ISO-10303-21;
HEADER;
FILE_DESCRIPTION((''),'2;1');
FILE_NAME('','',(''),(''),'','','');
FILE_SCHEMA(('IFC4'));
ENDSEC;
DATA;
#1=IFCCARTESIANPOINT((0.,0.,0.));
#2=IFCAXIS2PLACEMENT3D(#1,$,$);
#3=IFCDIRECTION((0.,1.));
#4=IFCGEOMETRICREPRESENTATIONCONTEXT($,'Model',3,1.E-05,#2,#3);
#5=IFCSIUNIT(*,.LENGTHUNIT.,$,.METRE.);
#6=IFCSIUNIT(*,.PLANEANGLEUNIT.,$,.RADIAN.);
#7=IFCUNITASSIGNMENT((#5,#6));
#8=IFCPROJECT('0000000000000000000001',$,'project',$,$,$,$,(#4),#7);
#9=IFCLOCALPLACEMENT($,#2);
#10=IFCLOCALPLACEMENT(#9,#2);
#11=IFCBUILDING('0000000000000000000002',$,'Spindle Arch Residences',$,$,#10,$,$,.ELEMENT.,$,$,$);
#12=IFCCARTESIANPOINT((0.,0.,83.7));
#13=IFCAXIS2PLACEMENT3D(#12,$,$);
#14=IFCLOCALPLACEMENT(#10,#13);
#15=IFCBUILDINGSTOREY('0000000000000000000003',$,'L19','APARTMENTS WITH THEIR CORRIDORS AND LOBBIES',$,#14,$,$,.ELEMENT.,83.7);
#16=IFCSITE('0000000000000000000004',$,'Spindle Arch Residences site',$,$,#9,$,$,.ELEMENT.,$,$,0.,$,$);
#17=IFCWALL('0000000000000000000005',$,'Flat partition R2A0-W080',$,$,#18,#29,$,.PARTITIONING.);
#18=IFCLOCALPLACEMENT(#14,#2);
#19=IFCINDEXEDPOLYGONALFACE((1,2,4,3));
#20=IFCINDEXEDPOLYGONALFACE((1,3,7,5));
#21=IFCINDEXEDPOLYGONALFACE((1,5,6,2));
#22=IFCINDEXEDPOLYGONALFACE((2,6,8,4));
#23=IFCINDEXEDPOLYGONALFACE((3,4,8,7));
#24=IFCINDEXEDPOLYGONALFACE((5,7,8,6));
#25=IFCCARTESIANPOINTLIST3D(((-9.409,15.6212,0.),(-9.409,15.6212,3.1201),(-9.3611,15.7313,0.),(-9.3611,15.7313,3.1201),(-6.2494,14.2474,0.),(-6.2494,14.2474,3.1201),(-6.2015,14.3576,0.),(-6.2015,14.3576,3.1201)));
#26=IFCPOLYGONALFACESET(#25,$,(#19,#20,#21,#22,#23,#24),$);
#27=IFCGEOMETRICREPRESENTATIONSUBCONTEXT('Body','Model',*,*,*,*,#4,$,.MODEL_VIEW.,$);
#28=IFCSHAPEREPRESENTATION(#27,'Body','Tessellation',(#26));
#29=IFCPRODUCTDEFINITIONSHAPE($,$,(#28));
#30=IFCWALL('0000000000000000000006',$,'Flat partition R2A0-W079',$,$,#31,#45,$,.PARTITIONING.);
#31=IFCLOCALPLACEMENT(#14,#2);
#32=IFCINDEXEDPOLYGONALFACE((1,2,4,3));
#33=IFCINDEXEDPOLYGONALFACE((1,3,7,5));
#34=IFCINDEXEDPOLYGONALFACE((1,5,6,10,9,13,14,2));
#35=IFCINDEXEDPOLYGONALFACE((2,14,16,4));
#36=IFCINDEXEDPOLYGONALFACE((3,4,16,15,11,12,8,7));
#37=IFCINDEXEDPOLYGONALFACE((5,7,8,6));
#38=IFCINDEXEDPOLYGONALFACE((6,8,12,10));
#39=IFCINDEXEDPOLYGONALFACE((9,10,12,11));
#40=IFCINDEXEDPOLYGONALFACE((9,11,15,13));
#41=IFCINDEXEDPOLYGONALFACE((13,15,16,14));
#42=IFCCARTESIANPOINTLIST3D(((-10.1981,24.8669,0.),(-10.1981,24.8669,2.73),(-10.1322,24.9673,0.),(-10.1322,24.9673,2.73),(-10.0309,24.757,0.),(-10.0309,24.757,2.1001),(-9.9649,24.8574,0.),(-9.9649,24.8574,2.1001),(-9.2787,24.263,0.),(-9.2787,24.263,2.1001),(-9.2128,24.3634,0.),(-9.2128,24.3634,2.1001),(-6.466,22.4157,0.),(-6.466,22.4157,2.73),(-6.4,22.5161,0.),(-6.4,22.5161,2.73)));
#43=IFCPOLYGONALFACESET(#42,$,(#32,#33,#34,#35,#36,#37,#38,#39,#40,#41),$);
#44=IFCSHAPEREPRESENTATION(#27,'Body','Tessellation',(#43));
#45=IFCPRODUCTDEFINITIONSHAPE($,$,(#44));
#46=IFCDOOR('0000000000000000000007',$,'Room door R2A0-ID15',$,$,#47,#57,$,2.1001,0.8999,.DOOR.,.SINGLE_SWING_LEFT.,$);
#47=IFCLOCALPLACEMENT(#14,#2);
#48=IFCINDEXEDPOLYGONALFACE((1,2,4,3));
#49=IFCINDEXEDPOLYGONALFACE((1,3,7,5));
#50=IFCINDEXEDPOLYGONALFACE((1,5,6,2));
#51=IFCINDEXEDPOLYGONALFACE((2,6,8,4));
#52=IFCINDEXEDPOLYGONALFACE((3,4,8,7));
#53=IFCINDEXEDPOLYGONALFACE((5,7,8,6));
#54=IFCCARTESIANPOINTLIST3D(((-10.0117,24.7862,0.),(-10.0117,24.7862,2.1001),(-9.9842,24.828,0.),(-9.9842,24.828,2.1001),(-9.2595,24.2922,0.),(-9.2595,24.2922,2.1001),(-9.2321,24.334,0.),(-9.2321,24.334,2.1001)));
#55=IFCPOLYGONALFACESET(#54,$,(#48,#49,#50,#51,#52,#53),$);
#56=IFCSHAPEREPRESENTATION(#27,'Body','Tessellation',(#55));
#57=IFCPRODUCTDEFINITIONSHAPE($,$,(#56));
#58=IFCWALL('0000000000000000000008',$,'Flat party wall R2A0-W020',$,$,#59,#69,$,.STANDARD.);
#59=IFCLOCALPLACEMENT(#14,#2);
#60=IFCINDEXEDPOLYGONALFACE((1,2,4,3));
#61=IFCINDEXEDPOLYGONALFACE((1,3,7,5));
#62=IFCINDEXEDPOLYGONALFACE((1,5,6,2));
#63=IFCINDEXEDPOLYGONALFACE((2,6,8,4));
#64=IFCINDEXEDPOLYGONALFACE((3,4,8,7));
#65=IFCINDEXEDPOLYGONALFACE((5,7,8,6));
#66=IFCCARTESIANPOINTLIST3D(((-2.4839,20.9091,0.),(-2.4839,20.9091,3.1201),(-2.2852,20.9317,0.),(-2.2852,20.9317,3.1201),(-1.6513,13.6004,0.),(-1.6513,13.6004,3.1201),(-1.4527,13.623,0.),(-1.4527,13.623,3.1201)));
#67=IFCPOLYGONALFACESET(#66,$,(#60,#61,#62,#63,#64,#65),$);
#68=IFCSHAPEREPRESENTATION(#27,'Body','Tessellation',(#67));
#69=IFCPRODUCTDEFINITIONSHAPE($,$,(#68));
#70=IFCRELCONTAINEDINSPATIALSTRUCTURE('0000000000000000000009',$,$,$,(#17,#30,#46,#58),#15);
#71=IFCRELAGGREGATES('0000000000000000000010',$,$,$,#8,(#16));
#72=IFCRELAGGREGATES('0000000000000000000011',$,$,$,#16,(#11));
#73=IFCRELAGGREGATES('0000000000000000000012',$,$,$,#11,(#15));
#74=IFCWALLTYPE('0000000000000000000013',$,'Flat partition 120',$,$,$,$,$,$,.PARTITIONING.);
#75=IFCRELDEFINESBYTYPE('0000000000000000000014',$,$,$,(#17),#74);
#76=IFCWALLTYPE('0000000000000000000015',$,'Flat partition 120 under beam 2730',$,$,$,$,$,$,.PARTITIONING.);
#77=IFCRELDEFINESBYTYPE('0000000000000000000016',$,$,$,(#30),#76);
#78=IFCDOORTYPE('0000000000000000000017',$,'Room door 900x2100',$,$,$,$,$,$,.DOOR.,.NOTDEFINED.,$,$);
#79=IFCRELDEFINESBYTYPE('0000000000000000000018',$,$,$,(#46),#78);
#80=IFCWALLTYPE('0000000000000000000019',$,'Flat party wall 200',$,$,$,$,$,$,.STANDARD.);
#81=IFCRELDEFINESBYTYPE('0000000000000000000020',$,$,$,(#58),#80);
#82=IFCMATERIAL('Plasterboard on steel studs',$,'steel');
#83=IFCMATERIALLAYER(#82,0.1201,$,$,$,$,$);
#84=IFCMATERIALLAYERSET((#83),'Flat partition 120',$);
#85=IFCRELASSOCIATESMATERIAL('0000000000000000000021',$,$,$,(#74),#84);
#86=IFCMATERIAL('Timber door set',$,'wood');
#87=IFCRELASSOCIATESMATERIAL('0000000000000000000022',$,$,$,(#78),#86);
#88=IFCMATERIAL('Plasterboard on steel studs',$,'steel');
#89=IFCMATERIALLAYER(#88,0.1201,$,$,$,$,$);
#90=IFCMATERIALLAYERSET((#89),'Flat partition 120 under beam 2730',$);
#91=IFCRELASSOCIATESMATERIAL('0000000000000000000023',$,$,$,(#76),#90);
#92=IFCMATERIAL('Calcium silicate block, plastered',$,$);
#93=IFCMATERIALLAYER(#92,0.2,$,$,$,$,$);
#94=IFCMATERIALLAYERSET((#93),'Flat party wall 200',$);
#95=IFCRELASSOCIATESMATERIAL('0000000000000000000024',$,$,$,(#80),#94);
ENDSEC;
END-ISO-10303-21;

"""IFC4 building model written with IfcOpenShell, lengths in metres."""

from ifc_helpers import new_model, si_unit, direction, frame, frame_2d, origin, place, context, subcontext, project, spatial, rectangle, extrude, material, layer, layer_set, type_object, element, fill, save


model = new_model("IFC4")

# Units and contexts
model_context = context("Model", 3, precision=1e-05, world=origin(), true_north=direction((0.0, 1.0)))
body_context = subcontext(model_context, "Body", "Model", "MODEL_VIEW")
ifc_project = project(units=[si_unit("LENGTHUNIT", "METRE"), si_unit("PLANEANGLEUNIT", "RADIAN")], contexts=[model_context])

# Site, building, storey
site_placement = place(None, origin())
site = spatial("IfcSite", under=ifc_project, at=site_placement, Name="Spindle Arch Residences site", CompositionType="ELEMENT", RefElevation=0.0)
building_placement = place(site_placement, origin())
building = spatial("IfcBuilding", under=site, at=building_placement, Name="Spindle Arch Residences", CompositionType="ELEMENT")
storey_placement = place(building_placement, frame((0.0, 0.0, 83.7)))
storey = spatial("IfcBuildingStorey", under=building, at=storey_placement, Name="L19", Description="APARTMENTS WITH THEIR CORRIDORS AND LOBBIES", CompositionType="ELEMENT", Elevation=83.7)

# Shared definitions
ifc_material_1 = material(Name="Plasterboard on steel studs", Category="steel")
ifc_layer_1 = layer(ifc_material_1, 0.1201)
ifc_layer_set_1 = layer_set([ifc_layer_1], Name="Flat partition 120")
wall_type_1 = type_object("IfcWallType", Name="Flat partition 120", PredefinedType="PARTITIONING", material=ifc_layer_set_1)

# Shared definitions
ifc_material_2 = material(Name="Timber door set", Category="wood")
door_type_1 = type_object("IfcDoorType", Name="Room door 900x2100", OperationType="NOTDEFINED", PredefinedType="DOOR", material=ifc_material_2)

# Wall
wall_1_placement = place(storey_placement, frame((-9.385, 15.6763, 0.0), z_axis=(0.0, 0.0, 1.0), x_axis=(0.917069, -0.398729, 0.0)))
element("IfcWall", 1, at=wall_1_placement, inside=storey, type_object=wall_type_1, Name="Flat partition R2A0-W080", PredefinedType="PARTITIONING", context=body_context, shape_type="SweptSolid", body=[
    extrude(rectangle(XDim=3.4453, YDim=0.1201, at=frame_2d((1.7227, 0.0))), origin(), (0.0, 0.0, 1.0), 3.1201),
])

# Wall, opening, door
ifc_material_3 = material(Name="Plasterboard on steel studs", Category="steel")
ifc_layer_2 = layer(ifc_material_3, 0.1201)
ifc_layer_set_2 = layer_set([ifc_layer_2], Name="Flat partition 120 under beam 2730")
wall_type_2 = type_object("IfcWallType", Name="Flat partition 120 under beam 2730", PredefinedType="PARTITIONING", material=ifc_layer_set_2)
wall_2_placement = place(storey_placement, frame((-10.165, 24.917, 0.0), z_axis=(0.0, 0.0, 1.0), x_axis=(0.83585, -0.548959, 0.0)))
wall_2 = element("IfcWall", 2, at=wall_2_placement, inside=storey, type_object=wall_type_2, Name="Flat partition R2A0-W079", PredefinedType="PARTITIONING", context=body_context, shape_type="SweptSolid", body=[
    extrude(rectangle(XDim=4.4651, YDim=0.1201, at=frame_2d((2.2324, 0.0))), origin(), (0.0, 0.0, 1.0), 2.73),
])
opening_1_placement = place(wall_2_placement, frame((0.2, 0.0, 0.0)))
opening_1 = element("IfcOpeningElement", 3, at=opening_1_placement, cuts=wall_2, PredefinedType="OPENING", context=body_context, shape_type="SweptSolid", body=[
    extrude(rectangle(XDim=0.8999, YDim=2.1001, at=frame_2d((0.45, 1.05))), frame((0.0, 0.0701, 0.0), z_axis=(0.0, -1.0, 0.0), x_axis=(1.0, 0.0, 0.0)), (0.0, 0.0, 1.0), 0.1401),
])
door_1_placement = place(opening_1_placement, origin())
door_1 = element("IfcDoor", 4, at=door_1_placement, inside=storey, type_object=door_type_1, Name="Room door R2A0-ID15", OperationType="SINGLE_SWING_LEFT", OverallHeight=2.1001, OverallWidth=0.8999, PredefinedType="DOOR", context=body_context, shape_type="SweptSolid", body=[
    extrude(rectangle(XDim=0.8999, YDim=2.1001, at=frame_2d((0.45, 1.05))), frame((0.0, 0.0249, 0.0), z_axis=(0.0, -1.0, 0.0), x_axis=(1.0, 0.0, 0.0)), (0.0, 0.0, 1.0), 0.05),
])
fill(opening_1, door_1)

# Wall
ifc_material_4 = material(Name="Calcium silicate block, plastered")
ifc_layer_3 = layer(ifc_material_4, 0.2)
ifc_layer_set_3 = layer_set([ifc_layer_3], Name="Flat party wall 200")
wall_type_3 = type_object("IfcWallType", Name="Flat party wall 200", PredefinedType="STANDARD", material=ifc_layer_set_3)
wall_3_placement = place(storey_placement, frame((-2.3845, 20.9204, 0.0), z_axis=(0.0, 0.0, 1.0), x_axis=(0.113178, -0.993575, 0.0)))
element("IfcWall", 5, at=wall_3_placement, inside=storey, type_object=wall_type_3, Name="Flat party wall R2A0-W020", PredefinedType="STANDARD", context=body_context, shape_type="SweptSolid", body=[
    extrude(rectangle(XDim=7.356, YDim=0.2, at=frame_2d((3.678, 0.0))), origin(), (0.0, 0.0, 1.0), 3.1201),
])

save(model, "model.ifc")
